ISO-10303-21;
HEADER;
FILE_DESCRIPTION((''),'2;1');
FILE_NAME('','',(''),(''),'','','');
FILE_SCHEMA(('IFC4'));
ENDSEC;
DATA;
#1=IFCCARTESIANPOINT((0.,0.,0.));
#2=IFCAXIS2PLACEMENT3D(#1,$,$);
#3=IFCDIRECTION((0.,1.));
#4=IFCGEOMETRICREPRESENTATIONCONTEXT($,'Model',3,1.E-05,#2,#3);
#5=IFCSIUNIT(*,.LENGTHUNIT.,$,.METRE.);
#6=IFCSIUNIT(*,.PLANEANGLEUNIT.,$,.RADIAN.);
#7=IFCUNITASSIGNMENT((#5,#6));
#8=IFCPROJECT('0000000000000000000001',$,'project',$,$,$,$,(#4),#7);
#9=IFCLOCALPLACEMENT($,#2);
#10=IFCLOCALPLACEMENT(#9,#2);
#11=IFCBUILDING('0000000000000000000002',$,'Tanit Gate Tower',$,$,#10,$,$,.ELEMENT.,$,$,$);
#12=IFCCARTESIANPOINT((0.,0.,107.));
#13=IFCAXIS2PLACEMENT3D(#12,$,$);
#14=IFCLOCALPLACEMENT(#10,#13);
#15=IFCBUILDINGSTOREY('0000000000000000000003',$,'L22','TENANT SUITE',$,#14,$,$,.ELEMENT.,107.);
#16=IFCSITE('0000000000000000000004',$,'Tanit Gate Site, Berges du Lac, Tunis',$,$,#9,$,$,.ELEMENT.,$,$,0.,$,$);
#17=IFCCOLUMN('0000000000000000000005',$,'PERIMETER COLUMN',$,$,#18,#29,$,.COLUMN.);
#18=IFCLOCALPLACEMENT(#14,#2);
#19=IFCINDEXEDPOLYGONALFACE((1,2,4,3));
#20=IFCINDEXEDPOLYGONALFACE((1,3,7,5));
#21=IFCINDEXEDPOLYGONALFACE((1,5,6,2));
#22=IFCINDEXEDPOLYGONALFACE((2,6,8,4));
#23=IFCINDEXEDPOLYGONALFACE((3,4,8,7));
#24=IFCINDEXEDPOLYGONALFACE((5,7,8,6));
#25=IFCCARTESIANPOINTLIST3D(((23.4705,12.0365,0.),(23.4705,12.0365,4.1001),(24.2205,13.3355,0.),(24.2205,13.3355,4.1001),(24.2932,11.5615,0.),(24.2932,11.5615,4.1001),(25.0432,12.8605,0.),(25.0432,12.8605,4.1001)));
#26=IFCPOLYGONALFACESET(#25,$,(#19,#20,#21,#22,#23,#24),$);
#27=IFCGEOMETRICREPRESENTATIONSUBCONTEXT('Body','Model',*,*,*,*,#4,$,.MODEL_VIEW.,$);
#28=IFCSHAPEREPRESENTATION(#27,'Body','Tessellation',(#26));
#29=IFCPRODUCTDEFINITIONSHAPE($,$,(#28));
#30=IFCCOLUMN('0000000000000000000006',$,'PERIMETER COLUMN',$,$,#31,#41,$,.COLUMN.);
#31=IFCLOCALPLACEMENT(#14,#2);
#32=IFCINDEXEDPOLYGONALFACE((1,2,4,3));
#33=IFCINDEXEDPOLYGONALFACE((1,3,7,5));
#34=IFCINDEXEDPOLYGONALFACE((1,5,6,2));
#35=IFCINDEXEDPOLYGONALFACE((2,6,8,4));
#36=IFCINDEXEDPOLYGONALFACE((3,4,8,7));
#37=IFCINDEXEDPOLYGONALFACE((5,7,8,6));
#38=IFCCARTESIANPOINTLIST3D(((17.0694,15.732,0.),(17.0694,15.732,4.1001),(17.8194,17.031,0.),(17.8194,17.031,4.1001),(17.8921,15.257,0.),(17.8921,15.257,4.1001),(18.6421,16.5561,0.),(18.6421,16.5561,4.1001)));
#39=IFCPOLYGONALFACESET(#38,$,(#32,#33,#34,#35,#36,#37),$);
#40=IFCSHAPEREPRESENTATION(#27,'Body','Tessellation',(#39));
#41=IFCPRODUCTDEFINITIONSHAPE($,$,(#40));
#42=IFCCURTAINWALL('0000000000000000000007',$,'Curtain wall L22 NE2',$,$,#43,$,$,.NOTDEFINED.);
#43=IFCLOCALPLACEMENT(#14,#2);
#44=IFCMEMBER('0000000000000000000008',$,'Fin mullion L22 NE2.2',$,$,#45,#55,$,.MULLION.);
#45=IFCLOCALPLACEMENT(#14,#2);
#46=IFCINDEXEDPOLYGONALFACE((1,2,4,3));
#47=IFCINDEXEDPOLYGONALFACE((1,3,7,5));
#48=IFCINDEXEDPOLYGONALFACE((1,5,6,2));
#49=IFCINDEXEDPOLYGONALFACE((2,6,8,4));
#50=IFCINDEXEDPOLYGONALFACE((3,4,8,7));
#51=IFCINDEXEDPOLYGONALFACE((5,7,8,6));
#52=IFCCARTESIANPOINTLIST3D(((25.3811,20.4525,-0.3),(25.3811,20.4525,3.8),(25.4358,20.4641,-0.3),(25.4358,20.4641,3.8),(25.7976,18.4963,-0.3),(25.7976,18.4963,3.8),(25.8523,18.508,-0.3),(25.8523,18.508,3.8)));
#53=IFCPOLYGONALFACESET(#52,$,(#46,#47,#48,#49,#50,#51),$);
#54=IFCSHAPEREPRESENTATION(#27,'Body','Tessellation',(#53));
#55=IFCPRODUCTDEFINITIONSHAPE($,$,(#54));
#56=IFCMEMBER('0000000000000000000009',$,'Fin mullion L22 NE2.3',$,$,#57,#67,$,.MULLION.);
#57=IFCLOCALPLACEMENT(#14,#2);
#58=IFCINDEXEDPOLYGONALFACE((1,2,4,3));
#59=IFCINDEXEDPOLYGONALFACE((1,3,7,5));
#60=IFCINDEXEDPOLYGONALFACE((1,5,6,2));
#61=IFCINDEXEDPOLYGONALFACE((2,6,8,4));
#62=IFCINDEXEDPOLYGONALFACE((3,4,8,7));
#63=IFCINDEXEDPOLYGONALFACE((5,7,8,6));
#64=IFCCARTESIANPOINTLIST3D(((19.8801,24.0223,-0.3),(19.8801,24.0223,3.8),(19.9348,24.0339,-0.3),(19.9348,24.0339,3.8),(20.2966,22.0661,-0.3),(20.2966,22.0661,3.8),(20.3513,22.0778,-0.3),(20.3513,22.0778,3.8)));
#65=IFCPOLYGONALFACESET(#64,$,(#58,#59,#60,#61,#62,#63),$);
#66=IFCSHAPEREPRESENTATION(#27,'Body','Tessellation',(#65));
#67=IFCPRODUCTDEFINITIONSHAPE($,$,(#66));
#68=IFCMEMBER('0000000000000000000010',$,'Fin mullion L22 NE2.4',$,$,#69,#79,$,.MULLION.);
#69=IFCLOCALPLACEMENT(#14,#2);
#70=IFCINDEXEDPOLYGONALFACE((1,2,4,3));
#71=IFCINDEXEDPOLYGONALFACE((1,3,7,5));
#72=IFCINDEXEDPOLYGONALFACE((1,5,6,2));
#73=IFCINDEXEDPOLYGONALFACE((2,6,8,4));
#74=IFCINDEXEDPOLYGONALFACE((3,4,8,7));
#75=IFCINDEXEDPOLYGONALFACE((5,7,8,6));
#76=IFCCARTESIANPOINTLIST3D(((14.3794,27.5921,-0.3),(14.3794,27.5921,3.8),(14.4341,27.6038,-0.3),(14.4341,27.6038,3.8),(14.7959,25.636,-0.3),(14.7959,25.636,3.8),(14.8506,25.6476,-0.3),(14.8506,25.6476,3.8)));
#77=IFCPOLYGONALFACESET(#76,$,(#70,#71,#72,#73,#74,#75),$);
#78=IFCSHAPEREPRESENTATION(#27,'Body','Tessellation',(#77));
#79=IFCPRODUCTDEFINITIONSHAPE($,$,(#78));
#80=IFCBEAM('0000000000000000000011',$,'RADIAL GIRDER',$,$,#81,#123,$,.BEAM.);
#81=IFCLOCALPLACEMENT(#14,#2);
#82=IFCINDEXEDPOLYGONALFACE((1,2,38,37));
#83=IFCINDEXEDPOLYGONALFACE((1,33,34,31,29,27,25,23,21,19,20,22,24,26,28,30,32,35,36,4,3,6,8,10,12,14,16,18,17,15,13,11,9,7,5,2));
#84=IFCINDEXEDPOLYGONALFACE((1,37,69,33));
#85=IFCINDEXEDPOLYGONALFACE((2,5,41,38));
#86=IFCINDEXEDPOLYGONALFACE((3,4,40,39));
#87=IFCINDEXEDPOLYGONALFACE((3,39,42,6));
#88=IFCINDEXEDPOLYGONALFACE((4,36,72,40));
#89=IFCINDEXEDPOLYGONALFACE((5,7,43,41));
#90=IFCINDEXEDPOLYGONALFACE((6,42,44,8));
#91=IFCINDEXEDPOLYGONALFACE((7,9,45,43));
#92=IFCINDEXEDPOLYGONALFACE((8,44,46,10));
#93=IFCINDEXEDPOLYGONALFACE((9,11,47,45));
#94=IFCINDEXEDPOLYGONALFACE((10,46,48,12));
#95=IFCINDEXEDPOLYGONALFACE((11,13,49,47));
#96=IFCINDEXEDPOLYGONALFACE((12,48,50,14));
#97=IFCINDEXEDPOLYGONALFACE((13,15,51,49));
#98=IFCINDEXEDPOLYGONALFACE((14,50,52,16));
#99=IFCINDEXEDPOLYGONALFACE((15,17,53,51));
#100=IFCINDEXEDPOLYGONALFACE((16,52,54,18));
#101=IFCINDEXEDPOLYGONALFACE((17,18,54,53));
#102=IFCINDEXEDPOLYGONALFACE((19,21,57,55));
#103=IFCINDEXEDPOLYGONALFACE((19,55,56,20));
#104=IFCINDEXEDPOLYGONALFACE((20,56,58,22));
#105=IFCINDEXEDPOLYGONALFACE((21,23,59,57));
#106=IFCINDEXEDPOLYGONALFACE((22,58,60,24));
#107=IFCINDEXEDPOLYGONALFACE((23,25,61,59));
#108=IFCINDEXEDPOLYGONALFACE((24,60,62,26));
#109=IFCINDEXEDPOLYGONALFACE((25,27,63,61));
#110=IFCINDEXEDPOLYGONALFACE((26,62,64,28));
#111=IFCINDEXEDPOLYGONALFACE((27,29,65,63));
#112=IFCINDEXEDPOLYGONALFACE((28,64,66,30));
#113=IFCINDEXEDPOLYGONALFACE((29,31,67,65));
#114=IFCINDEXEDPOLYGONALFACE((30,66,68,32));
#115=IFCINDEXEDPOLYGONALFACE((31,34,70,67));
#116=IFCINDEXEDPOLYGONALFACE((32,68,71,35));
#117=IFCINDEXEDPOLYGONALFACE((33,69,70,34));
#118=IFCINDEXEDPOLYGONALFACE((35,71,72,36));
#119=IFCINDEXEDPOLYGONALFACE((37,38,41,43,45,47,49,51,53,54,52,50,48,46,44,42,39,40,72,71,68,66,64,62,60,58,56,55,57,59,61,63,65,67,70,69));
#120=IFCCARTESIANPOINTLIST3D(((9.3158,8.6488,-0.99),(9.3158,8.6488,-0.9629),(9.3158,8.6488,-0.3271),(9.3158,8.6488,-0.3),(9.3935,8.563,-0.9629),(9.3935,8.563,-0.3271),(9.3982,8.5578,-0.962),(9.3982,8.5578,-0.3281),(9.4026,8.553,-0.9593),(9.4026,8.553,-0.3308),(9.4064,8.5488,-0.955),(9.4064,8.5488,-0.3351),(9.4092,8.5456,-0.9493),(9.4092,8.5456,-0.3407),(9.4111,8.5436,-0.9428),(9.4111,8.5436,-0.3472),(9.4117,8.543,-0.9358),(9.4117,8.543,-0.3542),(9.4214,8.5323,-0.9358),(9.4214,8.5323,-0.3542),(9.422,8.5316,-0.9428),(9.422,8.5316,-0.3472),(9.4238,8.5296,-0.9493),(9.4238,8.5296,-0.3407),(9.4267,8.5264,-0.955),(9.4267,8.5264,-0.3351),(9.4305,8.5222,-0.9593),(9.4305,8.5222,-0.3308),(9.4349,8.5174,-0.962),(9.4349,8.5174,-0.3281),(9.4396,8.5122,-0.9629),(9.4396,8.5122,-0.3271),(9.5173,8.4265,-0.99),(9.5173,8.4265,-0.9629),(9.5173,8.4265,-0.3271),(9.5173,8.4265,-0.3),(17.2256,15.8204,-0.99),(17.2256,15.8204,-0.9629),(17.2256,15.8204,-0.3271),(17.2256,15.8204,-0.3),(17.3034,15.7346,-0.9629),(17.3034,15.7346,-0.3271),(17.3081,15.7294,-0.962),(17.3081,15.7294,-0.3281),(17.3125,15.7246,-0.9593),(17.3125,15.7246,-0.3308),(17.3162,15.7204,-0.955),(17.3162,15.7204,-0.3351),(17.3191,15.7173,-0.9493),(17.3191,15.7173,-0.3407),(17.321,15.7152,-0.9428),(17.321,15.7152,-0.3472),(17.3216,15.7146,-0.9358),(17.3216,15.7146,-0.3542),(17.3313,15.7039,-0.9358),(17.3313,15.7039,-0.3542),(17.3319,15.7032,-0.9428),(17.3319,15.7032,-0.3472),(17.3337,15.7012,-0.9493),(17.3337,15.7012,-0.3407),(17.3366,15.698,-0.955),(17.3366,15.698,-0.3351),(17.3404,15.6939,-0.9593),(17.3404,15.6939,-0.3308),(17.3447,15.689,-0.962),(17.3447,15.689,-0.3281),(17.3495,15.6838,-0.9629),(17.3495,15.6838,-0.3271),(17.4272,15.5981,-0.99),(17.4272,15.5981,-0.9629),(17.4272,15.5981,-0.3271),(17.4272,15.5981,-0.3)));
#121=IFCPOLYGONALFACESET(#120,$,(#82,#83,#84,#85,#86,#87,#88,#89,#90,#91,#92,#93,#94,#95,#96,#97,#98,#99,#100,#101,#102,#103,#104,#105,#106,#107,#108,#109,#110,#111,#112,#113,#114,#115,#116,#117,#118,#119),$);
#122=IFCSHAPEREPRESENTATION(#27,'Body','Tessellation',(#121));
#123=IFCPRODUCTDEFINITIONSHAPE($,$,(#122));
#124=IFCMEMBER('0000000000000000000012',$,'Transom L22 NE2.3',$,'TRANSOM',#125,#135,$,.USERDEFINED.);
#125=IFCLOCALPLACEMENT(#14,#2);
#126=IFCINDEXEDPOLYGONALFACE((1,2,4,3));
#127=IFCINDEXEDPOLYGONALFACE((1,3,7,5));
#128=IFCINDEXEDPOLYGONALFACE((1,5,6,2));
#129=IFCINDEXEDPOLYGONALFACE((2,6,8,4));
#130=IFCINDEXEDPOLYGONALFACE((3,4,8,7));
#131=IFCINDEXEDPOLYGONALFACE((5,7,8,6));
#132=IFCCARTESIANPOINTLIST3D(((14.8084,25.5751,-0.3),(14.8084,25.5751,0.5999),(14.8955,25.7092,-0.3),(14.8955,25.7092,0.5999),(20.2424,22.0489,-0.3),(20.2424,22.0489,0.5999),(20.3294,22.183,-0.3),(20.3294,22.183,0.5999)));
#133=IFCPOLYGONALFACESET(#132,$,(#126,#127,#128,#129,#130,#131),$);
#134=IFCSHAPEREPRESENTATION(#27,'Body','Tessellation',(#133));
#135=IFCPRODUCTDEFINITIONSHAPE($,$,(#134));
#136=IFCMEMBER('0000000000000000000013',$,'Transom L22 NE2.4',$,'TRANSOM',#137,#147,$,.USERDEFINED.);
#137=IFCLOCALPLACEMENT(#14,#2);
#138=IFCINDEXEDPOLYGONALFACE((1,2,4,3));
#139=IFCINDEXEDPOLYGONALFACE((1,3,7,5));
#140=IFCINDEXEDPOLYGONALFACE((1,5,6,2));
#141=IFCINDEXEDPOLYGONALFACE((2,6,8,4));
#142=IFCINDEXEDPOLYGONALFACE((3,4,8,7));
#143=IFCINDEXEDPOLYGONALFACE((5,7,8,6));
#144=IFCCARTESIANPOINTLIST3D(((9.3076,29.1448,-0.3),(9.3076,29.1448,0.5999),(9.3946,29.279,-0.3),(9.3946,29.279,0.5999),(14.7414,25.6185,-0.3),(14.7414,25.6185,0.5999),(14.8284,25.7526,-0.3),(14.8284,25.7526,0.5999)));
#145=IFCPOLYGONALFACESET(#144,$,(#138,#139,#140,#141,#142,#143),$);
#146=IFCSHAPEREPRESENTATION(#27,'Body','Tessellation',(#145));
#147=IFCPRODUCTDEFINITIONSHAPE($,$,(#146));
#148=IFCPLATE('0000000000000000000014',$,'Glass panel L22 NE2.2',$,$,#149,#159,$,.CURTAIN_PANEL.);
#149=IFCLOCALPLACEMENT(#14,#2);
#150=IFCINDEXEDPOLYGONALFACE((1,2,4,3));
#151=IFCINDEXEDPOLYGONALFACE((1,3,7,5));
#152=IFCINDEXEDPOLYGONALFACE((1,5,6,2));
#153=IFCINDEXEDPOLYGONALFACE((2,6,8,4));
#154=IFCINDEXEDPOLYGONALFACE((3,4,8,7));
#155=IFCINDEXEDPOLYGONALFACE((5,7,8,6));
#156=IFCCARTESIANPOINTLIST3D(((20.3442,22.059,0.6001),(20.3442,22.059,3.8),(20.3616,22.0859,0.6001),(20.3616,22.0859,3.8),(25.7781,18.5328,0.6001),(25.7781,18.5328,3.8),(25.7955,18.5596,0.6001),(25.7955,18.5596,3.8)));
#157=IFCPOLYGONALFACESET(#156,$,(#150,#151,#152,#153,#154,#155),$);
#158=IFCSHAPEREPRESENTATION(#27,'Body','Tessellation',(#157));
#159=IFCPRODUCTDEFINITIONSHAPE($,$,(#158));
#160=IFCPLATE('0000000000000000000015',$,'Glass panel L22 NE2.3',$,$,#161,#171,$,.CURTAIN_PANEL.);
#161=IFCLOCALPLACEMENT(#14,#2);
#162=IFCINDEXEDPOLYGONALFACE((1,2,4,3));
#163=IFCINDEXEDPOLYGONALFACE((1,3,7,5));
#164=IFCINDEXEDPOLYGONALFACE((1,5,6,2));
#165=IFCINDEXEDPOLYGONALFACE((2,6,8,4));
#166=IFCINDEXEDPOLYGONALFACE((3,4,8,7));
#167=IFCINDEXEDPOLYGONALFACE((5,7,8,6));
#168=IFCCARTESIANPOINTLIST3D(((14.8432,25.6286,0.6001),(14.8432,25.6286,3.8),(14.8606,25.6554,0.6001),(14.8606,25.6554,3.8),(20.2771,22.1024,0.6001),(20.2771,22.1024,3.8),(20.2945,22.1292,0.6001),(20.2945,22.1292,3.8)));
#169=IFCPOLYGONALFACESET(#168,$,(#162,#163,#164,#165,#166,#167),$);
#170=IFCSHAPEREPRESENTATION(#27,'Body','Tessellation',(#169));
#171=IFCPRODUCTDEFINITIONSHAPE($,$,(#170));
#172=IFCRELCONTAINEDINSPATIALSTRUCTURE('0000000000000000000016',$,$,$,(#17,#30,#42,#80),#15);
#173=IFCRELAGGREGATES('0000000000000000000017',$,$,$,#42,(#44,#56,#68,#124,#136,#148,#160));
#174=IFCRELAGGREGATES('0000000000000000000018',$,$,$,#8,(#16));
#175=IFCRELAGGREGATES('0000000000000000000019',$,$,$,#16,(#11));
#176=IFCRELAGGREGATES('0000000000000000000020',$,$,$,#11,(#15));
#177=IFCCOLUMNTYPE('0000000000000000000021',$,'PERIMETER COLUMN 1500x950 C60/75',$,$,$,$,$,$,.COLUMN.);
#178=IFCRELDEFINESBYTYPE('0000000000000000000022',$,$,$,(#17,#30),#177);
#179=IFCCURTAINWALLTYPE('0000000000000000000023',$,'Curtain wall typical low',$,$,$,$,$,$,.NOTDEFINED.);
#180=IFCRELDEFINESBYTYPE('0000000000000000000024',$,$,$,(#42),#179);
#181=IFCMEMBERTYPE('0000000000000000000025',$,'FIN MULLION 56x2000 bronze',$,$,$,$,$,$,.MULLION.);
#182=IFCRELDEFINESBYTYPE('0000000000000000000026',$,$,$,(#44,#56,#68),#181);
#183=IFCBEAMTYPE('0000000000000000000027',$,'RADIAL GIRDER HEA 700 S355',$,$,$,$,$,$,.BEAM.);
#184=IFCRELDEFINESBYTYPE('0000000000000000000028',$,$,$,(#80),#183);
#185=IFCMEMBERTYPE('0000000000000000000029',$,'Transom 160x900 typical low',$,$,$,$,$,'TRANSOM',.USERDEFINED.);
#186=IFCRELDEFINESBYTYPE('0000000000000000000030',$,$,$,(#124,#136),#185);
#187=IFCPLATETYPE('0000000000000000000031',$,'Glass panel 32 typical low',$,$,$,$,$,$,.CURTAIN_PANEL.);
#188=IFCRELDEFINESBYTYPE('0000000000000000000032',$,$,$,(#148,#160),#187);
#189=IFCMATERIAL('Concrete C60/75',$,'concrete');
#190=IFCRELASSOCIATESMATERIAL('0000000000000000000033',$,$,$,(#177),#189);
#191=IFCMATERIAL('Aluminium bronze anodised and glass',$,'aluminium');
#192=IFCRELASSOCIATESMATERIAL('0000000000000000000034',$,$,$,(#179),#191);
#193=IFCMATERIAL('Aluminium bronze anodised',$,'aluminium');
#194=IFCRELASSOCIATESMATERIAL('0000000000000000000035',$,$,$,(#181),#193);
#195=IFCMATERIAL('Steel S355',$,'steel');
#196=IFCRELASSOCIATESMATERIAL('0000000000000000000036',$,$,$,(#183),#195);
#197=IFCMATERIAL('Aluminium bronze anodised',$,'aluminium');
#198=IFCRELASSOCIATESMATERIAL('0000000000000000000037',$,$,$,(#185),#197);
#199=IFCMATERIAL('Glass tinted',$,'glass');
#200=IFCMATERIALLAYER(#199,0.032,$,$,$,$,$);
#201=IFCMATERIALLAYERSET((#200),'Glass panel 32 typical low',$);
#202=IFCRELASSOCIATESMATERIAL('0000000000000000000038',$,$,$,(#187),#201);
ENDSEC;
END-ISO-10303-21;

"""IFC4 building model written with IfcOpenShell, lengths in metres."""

from ifc_helpers import new_model, si_unit, direction, frame, origin, origin_2d, place, context, subcontext, project, spatial, rectangle, i_section, extrude, material, layer, layer_set, material_profile, profile_set, type_object, element, aggregate, save


model = new_model("IFC4")

# Units and contexts
model_context = context("Model", 3, precision=1e-05, world=origin(), true_north=direction((0.0, 1.0)))
body_context = subcontext(model_context, "Body", "Model", "MODEL_VIEW")
ifc_project = project(units=[si_unit("LENGTHUNIT", "METRE"), si_unit("PLANEANGLEUNIT", "RADIAN")], contexts=[model_context])

# Site, building, storey
site_placement = place(None, origin())
site = spatial("IfcSite", under=ifc_project, at=site_placement, Name="Tanit Gate Site, Berges du Lac, Tunis", CompositionType="ELEMENT", RefElevation=0.0)
building_placement = place(site_placement, origin())
building = spatial("IfcBuilding", under=site, at=building_placement, Name="Tanit Gate Tower", CompositionType="ELEMENT")
storey_placement = place(building_placement, frame((0.0, 0.0, 107.0)))
storey = spatial("IfcBuildingStorey", under=building, at=storey_placement, Name="L22", Description="TENANT SUITE", CompositionType="ELEMENT", Elevation=107.0)

# Columns
ifc_material_1 = material(Name="Concrete C60/75", Category="concrete")
ifc_material_profile_1 = material_profile(ifc_material_1, rectangle(XDim=1.5, YDim=0.95, at=origin_2d()), Name="RC 1500x950")
ifc_profile_set_1 = profile_set([ifc_material_profile_1], Name="Concrete C60/75")
column_type = type_object("IfcColumnType", Name="PERIMETER COLUMN 1500x950 C60/75", PredefinedType="COLUMN", material=ifc_profile_set_1)
for number, where, z_axis, x_axis, name in (
    (1, (24.2568, 12.4485, 0.0), (0.0, 0.0, 1.0), (0.5, 0.866025, 0.0), "PERIMETER COLUMN"),
    (2, (17.8557, 16.144, 0.0), (0.0, 0.0, 1.0), (0.5, 0.866025, 0.0), "PERIMETER COLUMN"),
):
    element("IfcColumn", number, at=place(storey_placement, frame(where, z_axis=z_axis, x_axis=x_axis)), inside=storey, type_object=column_type, Name=name, PredefinedType="COLUMN", context=body_context, shape_type="SweptSolid", body=[
        extrude(rectangle(XDim=1.5, YDim=0.95, at=origin_2d()), origin(), (0.0, 0.0, 1.0), 4.1001),
    ])

# Curtain wall, members
ifc_material_2 = material(Name="Aluminium bronze anodised and glass", Category="aluminium")
curtain_wall_type = type_object("IfcCurtainWallType", Name="Curtain wall typical low", PredefinedType="NOTDEFINED", material=ifc_material_2)
curtain_wall_placement = place(storey_placement, origin())
curtain_wall = element("IfcCurtainWall", 3, at=curtain_wall_placement, inside=storey, type_object=curtain_wall_type, Name="Curtain wall L22 NE2", PredefinedType="NOTDEFINED")
ifc_material_3 = material(Name="Aluminium bronze anodised", Category="aluminium")
ifc_material_profile_2 = material_profile(ifc_material_3, rectangle(XDim=2.0, YDim=0.0559, at=origin_2d()), Name="56x2000 bronze fin mullion")
ifc_profile_set_2 = profile_set([ifc_material_profile_2], Name="Aluminium bronze anodised")
member_type_1 = type_object("IfcMemberType", Name="FIN MULLION 56x2000 bronze", PredefinedType="MULLION", material=ifc_profile_set_2)
member_1_placement = place(storey_placement, frame((25.6167, 19.4802, -0.3), z_axis=(0.0, 0.0, 1.0), x_axis=(0.208238, -0.978078, 0.0)))
member_1 = element("IfcMember", 4, at=member_1_placement, type_object=member_type_1, Name="Fin mullion L22 NE2.2", PredefinedType="MULLION", context=body_context, shape_type="SweptSolid", body=[
    extrude(rectangle(XDim=2.0, YDim=0.0559, at=origin_2d()), origin(), (0.0, 0.0, 1.0), 4.1001),
])
member_2_placement = place(storey_placement, frame((20.1157, 23.05, -0.3), z_axis=(0.0, 0.0, 1.0), x_axis=(0.208238, -0.978078, 0.0)))
member_2 = element("IfcMember", 5, at=member_2_placement, type_object=member_type_1, Name="Fin mullion L22 NE2.3", PredefinedType="MULLION", context=body_context, shape_type="SweptSolid", body=[
    extrude(rectangle(XDim=2.0, YDim=0.0559, at=origin_2d()), origin(), (0.0, 0.0, 1.0), 4.1001),
])
member_3_placement = place(storey_placement, frame((14.615, 26.6199, -0.3), z_axis=(0.0, 0.0, 1.0), x_axis=(0.208238, -0.978078, 0.0)))
member_3 = element("IfcMember", 6, at=member_3_placement, type_object=member_type_1, Name="Fin mullion L22 NE2.4", PredefinedType="MULLION", context=body_context, shape_type="SweptSolid", body=[
    extrude(rectangle(XDim=2.0, YDim=0.0559, at=origin_2d()), origin(), (0.0, 0.0, 1.0), 4.1001),
])

# Beam
ifc_material_4 = material(Name="Steel S355", Category="steel")
ifc_material_profile_3 = material_profile(ifc_material_4, i_section(OverallWidth=0.3, OverallDepth=0.6899, WebThickness=0.0144, FlangeThickness=0.0271, FilletRadius=0.0271, at=origin_2d()), Name="HEA 700")
ifc_profile_set_3 = profile_set([ifc_material_profile_3], Name="Steel S355")
beam_type = type_object("IfcBeamType", Name="RADIAL GIRDER HEA 700 S355", PredefinedType="BEAM", material=ifc_profile_set_3)
beam_placement = place(storey_placement, frame((17.3264, 15.7092, -0.645), z_axis=(-0.740834, -0.671688, 0.0), x_axis=(0.671688, -0.740834, 0.0)))
element("IfcBeam", 7, at=beam_placement, inside=storey, type_object=beam_type, Name="RADIAL GIRDER", PredefinedType="BEAM", context=body_context, shape_type="SweptSolid", body=[
    extrude(i_section(OverallWidth=0.3, OverallDepth=0.6899, WebThickness=0.0144, FlangeThickness=0.0271, FilletRadius=0.0271, at=origin_2d()), origin(), (0.0, 0.0, 1.0), 10.677),
])

# Members
ifc_material_5 = material(Name="Aluminium bronze anodised", Category="aluminium")
ifc_material_profile_4 = material_profile(ifc_material_5, rectangle(XDim=0.1599, YDim=0.8999, at=origin_2d()), Name="160x900 bronze transom")
ifc_profile_set_4 = profile_set([ifc_material_profile_4], Name="Aluminium bronze anodised")
member_type_2 = type_object("IfcMemberType", Name="Transom 160x900 typical low", ElementType="TRANSOM", PredefinedType="USERDEFINED", material=ifc_profile_set_4)
member_4_placement = place(storey_placement, frame((20.2859, 22.116, 0.1499), z_axis=(-0.838858, 0.544351, 0.0), x_axis=(-0.544351, -0.838858, 0.0)))
member_4 = element("IfcMember", 8, at=member_4_placement, type_object=member_type_2, Name="Transom L22 NE2.3", ObjectType="TRANSOM", PredefinedType="USERDEFINED", context=body_context, shape_type="SweptSolid", body=[
    extrude(rectangle(XDim=0.1599, YDim=0.8999, at=origin_2d()), origin(), (0.0, 0.0, 1.0), 6.4778),
])
member_5_placement = place(storey_placement, frame((14.7849, 25.6855, 0.1499), z_axis=(-0.83884, 0.544378, 0.0), x_axis=(-0.544378, -0.83884, 0.0)))
member_5 = element("IfcMember", 9, at=member_5_placement, type_object=member_type_2, Name="Transom L22 NE2.4", ObjectType="TRANSOM", PredefinedType="USERDEFINED", context=body_context, shape_type="SweptSolid", body=[
    extrude(rectangle(XDim=0.1599, YDim=0.8999, at=origin_2d()), origin(), (0.0, 0.0, 1.0), 6.4778),
])

# Plates
ifc_material_6 = material(Name="Glass tinted", Category="glass")
ifc_layer = layer(ifc_material_6, 0.032)
ifc_layer_set = layer_set([ifc_layer], Name="Glass panel 32 typical low")
plate_type = type_object("IfcPlateType", Name="Glass panel 32 typical low", PredefinedType="CURTAIN_PANEL", material=ifc_layer_set)
plate_1_placement = place(storey_placement, frame((23.0698, 20.3093, 0.6001), z_axis=(0.0, 0.0, 1.0), x_axis=(-0.838852, 0.544359, 0.0)))
plate_1 = element("IfcPlate", 10, at=plate_1_placement, type_object=plate_type, Name="Glass panel L22 NE2.2", PredefinedType="CURTAIN_PANEL", context=body_context, shape_type="SweptSolid", body=[
    extrude(rectangle(XDim=6.4778, YDim=0.032, at=origin_2d()), origin(), (0.0, 0.0, 1.0), 3.2),
])
plate_2_placement = place(storey_placement, frame((17.5688, 23.8789, 0.6001), z_axis=(0.0, 0.0, 1.0), x_axis=(-0.838852, 0.544359, 0.0)))
plate_2 = element("IfcPlate", 11, at=plate_2_placement, type_object=plate_type, Name="Glass panel L22 NE2.3", PredefinedType="CURTAIN_PANEL", context=body_context, shape_type="SweptSolid", body=[
    extrude(rectangle(XDim=6.4778, YDim=0.032, at=origin_2d()), origin(), (0.0, 0.0, 1.0), 3.2),
])
aggregate(curtain_wall, [member_1, member_2, member_3, member_4, member_5, plate_1, plate_2])

save(model, "model.ifc")
